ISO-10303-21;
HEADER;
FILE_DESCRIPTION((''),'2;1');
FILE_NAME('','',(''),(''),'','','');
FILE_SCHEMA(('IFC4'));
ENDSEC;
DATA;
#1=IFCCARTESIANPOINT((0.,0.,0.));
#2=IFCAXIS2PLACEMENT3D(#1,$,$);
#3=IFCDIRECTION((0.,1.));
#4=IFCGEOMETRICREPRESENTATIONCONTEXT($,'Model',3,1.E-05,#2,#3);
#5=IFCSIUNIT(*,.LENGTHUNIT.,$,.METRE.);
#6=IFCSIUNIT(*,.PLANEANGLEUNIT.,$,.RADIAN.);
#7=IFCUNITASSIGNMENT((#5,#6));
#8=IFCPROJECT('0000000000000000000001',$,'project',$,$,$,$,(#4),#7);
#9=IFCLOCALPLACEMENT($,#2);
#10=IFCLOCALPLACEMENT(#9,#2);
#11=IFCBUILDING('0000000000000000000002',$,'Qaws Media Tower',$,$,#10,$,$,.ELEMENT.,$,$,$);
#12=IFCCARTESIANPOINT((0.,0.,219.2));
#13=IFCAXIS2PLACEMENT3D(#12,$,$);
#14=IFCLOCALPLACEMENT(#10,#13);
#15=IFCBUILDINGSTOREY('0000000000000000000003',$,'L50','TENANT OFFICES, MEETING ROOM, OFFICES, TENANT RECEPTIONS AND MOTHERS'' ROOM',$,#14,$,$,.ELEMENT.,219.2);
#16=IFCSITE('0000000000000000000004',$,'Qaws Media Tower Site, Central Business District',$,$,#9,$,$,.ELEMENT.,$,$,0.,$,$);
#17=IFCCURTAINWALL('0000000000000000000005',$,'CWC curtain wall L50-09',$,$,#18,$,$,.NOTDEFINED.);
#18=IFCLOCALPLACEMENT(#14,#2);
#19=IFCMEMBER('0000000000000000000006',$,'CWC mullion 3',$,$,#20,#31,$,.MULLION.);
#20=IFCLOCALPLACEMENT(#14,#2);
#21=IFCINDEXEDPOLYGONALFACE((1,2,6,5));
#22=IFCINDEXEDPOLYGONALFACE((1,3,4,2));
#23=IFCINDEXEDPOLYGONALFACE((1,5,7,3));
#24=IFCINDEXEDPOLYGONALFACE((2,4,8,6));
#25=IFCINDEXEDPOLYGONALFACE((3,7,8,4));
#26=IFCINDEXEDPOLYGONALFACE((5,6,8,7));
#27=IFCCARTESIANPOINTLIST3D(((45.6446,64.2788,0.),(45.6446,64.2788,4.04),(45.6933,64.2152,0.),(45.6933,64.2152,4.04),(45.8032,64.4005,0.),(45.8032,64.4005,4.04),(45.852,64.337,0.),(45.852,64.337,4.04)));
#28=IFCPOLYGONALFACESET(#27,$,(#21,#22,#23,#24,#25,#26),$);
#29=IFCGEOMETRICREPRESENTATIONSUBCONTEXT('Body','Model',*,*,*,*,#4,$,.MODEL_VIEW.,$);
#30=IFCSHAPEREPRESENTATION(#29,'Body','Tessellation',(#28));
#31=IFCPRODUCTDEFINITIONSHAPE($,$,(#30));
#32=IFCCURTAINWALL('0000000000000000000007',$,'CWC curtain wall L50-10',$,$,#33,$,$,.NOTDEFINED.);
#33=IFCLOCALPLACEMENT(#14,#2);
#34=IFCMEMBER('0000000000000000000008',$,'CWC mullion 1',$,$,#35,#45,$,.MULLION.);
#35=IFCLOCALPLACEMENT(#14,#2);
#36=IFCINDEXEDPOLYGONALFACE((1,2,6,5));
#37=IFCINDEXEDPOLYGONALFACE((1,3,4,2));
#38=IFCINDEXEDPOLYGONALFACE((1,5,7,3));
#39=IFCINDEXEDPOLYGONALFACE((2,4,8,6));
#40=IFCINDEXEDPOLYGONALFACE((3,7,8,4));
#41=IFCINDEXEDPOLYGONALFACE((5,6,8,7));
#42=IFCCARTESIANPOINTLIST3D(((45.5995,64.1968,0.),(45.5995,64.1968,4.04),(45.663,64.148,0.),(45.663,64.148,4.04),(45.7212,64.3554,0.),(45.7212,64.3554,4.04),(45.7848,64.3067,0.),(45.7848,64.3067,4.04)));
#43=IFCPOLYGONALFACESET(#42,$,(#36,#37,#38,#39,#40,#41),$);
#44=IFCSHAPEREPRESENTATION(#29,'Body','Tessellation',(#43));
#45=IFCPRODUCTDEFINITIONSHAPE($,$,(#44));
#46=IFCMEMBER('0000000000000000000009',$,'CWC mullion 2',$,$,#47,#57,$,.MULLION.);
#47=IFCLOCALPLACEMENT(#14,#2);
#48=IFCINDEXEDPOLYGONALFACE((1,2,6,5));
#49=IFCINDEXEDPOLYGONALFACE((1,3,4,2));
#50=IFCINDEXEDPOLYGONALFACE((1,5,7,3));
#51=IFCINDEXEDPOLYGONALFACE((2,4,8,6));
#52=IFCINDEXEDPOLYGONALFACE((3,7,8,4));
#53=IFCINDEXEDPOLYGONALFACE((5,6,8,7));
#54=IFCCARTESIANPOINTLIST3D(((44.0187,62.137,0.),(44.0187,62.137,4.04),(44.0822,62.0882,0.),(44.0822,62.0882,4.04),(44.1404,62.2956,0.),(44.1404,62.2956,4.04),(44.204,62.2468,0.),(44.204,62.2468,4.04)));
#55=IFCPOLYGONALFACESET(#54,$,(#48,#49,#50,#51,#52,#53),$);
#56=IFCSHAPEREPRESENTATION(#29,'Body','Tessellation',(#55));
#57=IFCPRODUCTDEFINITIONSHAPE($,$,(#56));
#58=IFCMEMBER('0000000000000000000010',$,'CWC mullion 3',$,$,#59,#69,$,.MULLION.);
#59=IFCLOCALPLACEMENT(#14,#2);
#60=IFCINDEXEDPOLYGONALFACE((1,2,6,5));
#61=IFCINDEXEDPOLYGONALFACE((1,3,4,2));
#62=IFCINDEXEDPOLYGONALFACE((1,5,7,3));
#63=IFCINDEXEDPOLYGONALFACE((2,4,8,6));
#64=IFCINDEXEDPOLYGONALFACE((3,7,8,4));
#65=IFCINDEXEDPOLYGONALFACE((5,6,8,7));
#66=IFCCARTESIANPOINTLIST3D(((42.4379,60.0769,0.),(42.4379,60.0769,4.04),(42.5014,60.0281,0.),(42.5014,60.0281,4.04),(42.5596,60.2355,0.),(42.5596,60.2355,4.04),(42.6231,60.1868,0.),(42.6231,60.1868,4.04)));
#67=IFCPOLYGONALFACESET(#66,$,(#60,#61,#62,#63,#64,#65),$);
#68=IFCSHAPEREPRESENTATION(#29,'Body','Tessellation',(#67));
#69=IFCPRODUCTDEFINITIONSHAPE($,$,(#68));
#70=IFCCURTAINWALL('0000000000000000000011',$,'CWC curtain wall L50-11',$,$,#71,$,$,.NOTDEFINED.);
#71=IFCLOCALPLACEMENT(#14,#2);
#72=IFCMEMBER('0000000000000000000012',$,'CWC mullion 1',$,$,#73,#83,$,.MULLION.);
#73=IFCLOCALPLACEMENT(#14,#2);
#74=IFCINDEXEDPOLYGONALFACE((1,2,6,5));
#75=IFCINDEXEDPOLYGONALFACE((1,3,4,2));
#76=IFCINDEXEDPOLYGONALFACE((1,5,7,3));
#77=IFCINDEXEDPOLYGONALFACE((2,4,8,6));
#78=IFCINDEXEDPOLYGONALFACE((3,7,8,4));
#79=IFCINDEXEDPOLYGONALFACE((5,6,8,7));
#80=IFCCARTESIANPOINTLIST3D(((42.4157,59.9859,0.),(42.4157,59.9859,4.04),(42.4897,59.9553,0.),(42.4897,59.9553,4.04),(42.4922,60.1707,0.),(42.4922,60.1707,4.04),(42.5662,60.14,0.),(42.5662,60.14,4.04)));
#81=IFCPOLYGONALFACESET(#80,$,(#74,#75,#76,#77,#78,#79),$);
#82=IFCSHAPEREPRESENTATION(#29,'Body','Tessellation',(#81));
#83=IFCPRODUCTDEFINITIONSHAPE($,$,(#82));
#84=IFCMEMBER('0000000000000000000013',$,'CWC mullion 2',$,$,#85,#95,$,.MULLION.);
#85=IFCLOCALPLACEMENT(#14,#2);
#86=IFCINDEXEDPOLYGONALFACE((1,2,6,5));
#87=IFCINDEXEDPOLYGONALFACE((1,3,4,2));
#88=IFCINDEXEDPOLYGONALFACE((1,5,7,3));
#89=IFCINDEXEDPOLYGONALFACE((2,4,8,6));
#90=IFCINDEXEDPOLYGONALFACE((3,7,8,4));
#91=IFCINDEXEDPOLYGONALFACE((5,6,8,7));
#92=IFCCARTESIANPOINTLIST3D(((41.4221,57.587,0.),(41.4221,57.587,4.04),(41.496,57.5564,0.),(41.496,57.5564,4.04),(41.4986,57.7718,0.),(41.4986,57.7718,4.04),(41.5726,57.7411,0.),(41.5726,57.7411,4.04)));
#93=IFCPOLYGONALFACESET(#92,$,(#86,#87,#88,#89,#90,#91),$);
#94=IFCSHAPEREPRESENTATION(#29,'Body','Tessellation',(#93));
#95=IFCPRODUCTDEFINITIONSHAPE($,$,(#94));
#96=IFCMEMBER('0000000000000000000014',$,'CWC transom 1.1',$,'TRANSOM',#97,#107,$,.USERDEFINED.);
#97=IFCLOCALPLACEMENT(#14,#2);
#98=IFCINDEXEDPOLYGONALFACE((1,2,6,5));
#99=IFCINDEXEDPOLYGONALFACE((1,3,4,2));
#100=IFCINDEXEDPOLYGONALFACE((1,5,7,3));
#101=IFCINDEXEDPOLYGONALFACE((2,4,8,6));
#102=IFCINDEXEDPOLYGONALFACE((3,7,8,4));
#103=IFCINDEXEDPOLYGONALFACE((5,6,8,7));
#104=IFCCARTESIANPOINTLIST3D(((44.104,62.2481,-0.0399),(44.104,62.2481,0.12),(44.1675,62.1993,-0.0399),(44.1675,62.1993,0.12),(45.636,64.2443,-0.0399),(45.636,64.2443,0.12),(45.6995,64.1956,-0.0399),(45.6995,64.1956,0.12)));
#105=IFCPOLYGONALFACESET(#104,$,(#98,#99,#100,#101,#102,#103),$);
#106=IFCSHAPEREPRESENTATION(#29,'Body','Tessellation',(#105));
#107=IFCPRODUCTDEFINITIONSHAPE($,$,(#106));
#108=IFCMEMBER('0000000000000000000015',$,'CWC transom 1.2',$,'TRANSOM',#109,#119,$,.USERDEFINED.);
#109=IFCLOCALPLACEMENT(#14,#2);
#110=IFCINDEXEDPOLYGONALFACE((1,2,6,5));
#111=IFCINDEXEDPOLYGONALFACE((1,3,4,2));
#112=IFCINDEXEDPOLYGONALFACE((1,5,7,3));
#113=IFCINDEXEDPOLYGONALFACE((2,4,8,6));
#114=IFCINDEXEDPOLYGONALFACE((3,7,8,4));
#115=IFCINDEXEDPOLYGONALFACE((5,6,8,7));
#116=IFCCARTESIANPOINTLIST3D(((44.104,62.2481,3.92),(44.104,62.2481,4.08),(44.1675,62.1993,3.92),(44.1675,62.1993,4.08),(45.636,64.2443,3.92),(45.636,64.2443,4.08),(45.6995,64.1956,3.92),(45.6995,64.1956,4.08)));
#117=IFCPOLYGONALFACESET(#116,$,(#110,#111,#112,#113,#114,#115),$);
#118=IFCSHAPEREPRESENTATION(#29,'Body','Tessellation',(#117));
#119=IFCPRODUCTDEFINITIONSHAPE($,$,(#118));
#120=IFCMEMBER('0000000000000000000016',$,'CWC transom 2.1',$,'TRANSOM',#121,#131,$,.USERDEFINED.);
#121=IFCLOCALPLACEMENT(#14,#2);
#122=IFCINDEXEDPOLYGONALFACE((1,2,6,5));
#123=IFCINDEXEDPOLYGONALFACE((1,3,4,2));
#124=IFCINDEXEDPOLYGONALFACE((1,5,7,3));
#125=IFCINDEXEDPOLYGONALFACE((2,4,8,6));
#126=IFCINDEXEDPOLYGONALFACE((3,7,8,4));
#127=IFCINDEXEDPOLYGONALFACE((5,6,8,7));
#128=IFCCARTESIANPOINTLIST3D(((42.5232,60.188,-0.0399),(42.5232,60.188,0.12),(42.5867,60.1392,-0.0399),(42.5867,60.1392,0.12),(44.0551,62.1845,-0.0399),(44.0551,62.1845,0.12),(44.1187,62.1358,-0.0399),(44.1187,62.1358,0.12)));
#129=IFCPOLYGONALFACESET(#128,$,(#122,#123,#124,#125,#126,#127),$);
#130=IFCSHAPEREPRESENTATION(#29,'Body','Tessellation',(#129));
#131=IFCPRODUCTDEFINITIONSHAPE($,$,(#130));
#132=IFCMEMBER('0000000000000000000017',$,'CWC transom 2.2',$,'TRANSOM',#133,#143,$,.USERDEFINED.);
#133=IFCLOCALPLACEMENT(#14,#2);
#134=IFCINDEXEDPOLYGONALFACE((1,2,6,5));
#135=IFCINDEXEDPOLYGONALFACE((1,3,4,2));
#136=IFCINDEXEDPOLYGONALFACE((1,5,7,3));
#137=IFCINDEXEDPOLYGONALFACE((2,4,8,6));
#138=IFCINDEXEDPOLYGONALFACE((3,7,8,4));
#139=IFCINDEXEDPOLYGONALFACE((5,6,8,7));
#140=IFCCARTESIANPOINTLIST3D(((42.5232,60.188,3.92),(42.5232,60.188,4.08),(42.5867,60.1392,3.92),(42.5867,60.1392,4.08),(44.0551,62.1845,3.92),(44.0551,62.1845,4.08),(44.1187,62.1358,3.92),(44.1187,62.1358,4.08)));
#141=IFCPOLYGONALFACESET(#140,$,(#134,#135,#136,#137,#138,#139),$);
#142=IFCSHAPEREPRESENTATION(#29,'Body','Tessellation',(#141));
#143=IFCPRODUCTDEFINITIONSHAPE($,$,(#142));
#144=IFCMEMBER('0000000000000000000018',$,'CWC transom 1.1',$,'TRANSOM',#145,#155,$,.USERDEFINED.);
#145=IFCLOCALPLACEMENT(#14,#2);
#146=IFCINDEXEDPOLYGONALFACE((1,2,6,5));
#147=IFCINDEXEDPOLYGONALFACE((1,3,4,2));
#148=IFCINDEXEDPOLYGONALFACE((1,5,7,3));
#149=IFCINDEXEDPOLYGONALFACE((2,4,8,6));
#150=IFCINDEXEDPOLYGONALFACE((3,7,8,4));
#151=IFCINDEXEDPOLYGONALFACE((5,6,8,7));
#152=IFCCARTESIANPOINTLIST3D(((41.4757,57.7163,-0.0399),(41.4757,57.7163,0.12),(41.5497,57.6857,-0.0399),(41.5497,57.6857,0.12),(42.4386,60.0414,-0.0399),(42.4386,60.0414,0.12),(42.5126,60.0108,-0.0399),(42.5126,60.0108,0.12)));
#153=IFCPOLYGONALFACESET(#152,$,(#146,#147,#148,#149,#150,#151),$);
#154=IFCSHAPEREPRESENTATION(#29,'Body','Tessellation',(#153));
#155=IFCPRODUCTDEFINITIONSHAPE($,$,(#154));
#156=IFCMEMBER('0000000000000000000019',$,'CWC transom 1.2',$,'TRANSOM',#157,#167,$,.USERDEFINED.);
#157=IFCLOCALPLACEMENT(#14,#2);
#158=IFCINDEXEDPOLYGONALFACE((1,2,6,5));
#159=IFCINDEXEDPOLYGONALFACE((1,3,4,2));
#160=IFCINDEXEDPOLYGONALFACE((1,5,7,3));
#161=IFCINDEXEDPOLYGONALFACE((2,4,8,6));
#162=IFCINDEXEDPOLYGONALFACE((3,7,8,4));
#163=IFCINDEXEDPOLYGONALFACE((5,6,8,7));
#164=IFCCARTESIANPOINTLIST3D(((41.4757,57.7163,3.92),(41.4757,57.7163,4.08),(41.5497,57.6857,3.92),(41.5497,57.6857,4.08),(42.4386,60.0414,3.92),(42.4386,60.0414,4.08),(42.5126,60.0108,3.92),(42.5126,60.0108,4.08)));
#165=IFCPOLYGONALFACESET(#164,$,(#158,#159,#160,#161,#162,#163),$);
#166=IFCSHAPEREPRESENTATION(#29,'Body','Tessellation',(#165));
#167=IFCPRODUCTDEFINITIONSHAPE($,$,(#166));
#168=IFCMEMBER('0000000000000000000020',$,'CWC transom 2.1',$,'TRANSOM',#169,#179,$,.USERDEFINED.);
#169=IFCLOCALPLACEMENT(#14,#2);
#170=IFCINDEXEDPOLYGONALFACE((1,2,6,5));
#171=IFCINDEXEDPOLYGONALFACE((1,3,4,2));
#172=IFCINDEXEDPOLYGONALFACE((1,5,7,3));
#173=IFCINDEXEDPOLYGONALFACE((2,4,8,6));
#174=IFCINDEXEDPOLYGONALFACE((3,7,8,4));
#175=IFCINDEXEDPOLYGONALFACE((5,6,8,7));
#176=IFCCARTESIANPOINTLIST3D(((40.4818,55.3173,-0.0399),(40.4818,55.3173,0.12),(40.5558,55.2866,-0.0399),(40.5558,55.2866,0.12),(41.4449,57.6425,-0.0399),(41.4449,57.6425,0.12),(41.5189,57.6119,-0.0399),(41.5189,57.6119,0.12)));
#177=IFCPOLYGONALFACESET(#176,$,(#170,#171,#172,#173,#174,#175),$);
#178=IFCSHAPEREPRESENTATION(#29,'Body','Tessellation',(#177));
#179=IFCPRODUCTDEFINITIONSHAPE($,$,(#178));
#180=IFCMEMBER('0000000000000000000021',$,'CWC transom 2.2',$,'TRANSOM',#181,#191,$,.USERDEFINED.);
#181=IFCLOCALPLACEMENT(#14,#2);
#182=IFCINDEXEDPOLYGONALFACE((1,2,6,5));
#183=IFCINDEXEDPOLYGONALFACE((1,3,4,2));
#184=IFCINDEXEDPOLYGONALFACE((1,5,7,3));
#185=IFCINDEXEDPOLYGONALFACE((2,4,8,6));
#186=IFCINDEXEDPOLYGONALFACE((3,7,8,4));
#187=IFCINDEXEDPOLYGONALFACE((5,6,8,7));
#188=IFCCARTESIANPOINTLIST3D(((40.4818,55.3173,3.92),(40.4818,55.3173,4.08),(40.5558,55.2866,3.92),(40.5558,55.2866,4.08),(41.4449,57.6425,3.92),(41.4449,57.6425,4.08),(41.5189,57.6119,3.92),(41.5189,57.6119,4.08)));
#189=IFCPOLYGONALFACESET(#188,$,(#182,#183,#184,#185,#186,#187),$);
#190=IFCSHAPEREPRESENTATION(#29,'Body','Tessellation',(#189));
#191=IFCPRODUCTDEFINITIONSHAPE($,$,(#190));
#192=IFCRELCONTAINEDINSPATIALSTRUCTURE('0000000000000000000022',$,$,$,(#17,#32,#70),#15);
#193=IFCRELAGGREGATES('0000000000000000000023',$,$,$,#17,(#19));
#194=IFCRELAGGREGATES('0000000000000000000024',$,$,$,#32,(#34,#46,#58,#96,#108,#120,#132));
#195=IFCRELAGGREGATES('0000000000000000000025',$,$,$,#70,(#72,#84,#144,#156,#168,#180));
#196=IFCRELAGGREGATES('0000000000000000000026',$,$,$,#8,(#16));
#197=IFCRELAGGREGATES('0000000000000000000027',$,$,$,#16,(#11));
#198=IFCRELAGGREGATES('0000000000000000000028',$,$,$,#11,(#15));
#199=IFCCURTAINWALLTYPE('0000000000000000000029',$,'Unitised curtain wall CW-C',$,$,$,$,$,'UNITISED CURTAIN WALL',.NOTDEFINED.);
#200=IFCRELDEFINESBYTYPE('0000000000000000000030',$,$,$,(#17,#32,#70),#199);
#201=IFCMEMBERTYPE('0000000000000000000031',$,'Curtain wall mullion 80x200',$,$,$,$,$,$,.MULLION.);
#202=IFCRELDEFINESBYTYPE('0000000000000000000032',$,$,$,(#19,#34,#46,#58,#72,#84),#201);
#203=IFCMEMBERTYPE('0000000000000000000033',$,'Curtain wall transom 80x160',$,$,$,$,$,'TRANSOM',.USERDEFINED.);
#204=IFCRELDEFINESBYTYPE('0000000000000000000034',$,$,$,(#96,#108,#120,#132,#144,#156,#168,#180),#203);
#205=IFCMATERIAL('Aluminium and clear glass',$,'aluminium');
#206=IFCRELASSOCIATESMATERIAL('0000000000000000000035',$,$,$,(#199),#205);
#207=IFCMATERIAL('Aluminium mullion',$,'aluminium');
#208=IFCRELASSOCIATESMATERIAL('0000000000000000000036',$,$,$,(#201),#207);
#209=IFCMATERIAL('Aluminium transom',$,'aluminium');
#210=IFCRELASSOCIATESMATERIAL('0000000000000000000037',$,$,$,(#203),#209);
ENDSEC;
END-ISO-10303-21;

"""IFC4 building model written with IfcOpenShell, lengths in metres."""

from ifc_helpers import new_model, si_unit, direction, frame, origin, origin_2d, place, context, subcontext, project, spatial, rectangle, extrude, material, material_profile, profile_set, type_object, element, aggregate, save


model = new_model("IFC4")

# Units and contexts
model_context = context("Model", 3, precision=1e-05, world=origin(), true_north=direction((0.0, 1.0)))
body_context = subcontext(model_context, "Body", "Model", "MODEL_VIEW")
ifc_project = project(units=[si_unit("LENGTHUNIT", "METRE"), si_unit("PLANEANGLEUNIT", "RADIAN")], contexts=[model_context])

# Site, building, storey
site_placement = place(None, origin())
site = spatial("IfcSite", under=ifc_project, at=site_placement, Name="Qaws Media Tower Site, Central Business District", CompositionType="ELEMENT", RefElevation=0.0)
building_placement = place(site_placement, origin())
building = spatial("IfcBuilding", under=site, at=building_placement, Name="Qaws Media Tower", CompositionType="ELEMENT")
storey_placement = place(building_placement, frame((0.0, 0.0, 219.2)))
storey = spatial("IfcBuildingStorey", under=building, at=storey_placement, Name="L50", Description="TENANT OFFICES, MEETING ROOM, OFFICES, TENANT RECEPTIONS AND MOTHERS' ROOM", CompositionType="ELEMENT", Elevation=219.2)

# Curtain wall, member
ifc_material_1 = material(Name="Aluminium and clear glass", Category="aluminium")
curtain_wall_type = type_object("IfcCurtainWallType", Name="Unitised curtain wall CW-C", ElementType="UNITISED CURTAIN WALL", PredefinedType="NOTDEFINED", material=ifc_material_1)
curtain_wall_1_placement = place(storey_placement, origin())
curtain_wall_1 = element("IfcCurtainWall", 1, at=curtain_wall_1_placement, inside=storey, type_object=curtain_wall_type, Name="CWC curtain wall L50-09", PredefinedType="NOTDEFINED")
ifc_material_2 = material(Name="Aluminium mullion", Category="aluminium")
ifc_material_profile_1 = material_profile(ifc_material_2, rectangle(XDim=0.0801, YDim=0.2, at=origin_2d()), Name="80x200")
ifc_profile_set_1 = profile_set([ifc_material_profile_1], Name="Aluminium mullion")
member_type_1 = type_object("IfcMemberType", Name="Curtain wall mullion 80x200", PredefinedType="MULLION", material=ifc_profile_set_1)
member_1_placement = place(storey_placement, frame((45.7483, 64.3079, 0.0), z_axis=(0.0, 0.0, 1.0), x_axis=(0.608761, -0.793353, 0.0)))
member_1 = element("IfcMember", 2, at=member_1_placement, type_object=member_type_1, Name="CWC mullion 3", PredefinedType="MULLION", context=body_context, shape_type="SweptSolid", body=[
    extrude(rectangle(XDim=0.0801, YDim=0.2, at=origin_2d()), origin(), (0.0, 0.0, 1.0), 4.04),
])
aggregate(curtain_wall_1, [member_1])

# Curtain walls, members
curtain_wall_2_placement = place(storey_placement, origin())
curtain_wall_2 = element("IfcCurtainWall", 3, at=curtain_wall_2_placement, inside=storey, type_object=curtain_wall_type, Name="CWC curtain wall L50-10", PredefinedType="NOTDEFINED")
member_2_placement = place(storey_placement, frame((45.6921, 64.2517, 0.0), z_axis=(0.0, 0.0, 1.0), x_axis=(0.793353, -0.608761, 0.0)))
member_2 = element("IfcMember", 4, at=member_2_placement, type_object=member_type_1, Name="CWC mullion 1", PredefinedType="MULLION", context=body_context, shape_type="SweptSolid", body=[
    extrude(rectangle(XDim=0.0801, YDim=0.2, at=origin_2d()), origin(), (0.0, 0.0, 1.0), 4.04),
])
member_3_placement = place(storey_placement, frame((44.1113, 62.1919, 0.0), z_axis=(0.0, 0.0, 1.0), x_axis=(0.793353, -0.608761, 0.0)))
member_3 = element("IfcMember", 5, at=member_3_placement, type_object=member_type_1, Name="CWC mullion 2", PredefinedType="MULLION", context=body_context, shape_type="SweptSolid", body=[
    extrude(rectangle(XDim=0.0801, YDim=0.2, at=origin_2d()), origin(), (0.0, 0.0, 1.0), 4.04),
])
member_4_placement = place(storey_placement, frame((42.5305, 60.1318, 0.0), z_axis=(0.0, 0.0, 1.0), x_axis=(0.793353, -0.608761, 0.0)))
member_4 = element("IfcMember", 6, at=member_4_placement, type_object=member_type_1, Name="CWC mullion 3", PredefinedType="MULLION", context=body_context, shape_type="SweptSolid", body=[
    extrude(rectangle(XDim=0.0801, YDim=0.2, at=origin_2d()), origin(), (0.0, 0.0, 1.0), 4.04),
])
curtain_wall_3_placement = place(storey_placement, origin())
curtain_wall_3 = element("IfcCurtainWall", 7, at=curtain_wall_3_placement, inside=storey, type_object=curtain_wall_type, Name="CWC curtain wall L50-11", PredefinedType="NOTDEFINED")
member_5_placement = place(storey_placement, frame((42.491, 60.063, 0.0), z_axis=(0.0, 0.0, 1.0), x_axis=(0.923879, -0.382684, 0.0)))
member_5 = element("IfcMember", 8, at=member_5_placement, type_object=member_type_1, Name="CWC mullion 1", PredefinedType="MULLION", context=body_context, shape_type="SweptSolid", body=[
    extrude(rectangle(XDim=0.0801, YDim=0.2, at=origin_2d()), origin(), (0.0, 0.0, 1.0), 4.04),
])
member_6_placement = place(storey_placement, frame((41.4973, 57.6641, 0.0), z_axis=(0.0, 0.0, 1.0), x_axis=(0.923879, -0.382684, 0.0)))
member_6 = element("IfcMember", 9, at=member_6_placement, type_object=member_type_1, Name="CWC mullion 2", PredefinedType="MULLION", context=body_context, shape_type="SweptSolid", body=[
    extrude(rectangle(XDim=0.0801, YDim=0.2, at=origin_2d()), origin(), (0.0, 0.0, 1.0), 4.04),
])

# Members
ifc_material_3 = material(Name="Aluminium transom", Category="aluminium")
ifc_material_profile_2 = material_profile(ifc_material_3, rectangle(XDim=0.0801, YDim=0.1599, at=origin_2d()), Name="80x160")
ifc_profile_set_2 = profile_set([ifc_material_profile_2], Name="Aluminium transom")
member_type_2 = type_object("IfcMemberType", Name="Curtain wall transom 80x160", ElementType="TRANSOM", PredefinedType="USERDEFINED", material=ifc_profile_set_2)
member_7_placement = place(storey_placement, frame((45.6677, 64.22, 0.04), z_axis=(-0.608796, -0.793327, 0.0), x_axis=(0.793327, -0.608796, 0.0)))
member_7 = element("IfcMember", 10, at=member_7_placement, type_object=member_type_2, Name="CWC transom 1.1", ObjectType="TRANSOM", PredefinedType="USERDEFINED", context=body_context, shape_type="SweptSolid", body=[
    extrude(rectangle(XDim=0.0801, YDim=0.1599, at=origin_2d()), origin(), (0.0, 0.0, 1.0), 2.5164),
])
member_8_placement = place(storey_placement, frame((45.6677, 64.22, 4.0), z_axis=(-0.608796, -0.793327, 0.0), x_axis=(0.793327, -0.608796, 0.0)))
member_8 = element("IfcMember", 11, at=member_8_placement, type_object=member_type_2, Name="CWC transom 1.2", ObjectType="TRANSOM", PredefinedType="USERDEFINED", context=body_context, shape_type="SweptSolid", body=[
    extrude(rectangle(XDim=0.0801, YDim=0.1599, at=origin_2d()), origin(), (0.0, 0.0, 1.0), 2.5164),
])
member_9_placement = place(storey_placement, frame((44.0869, 62.1602, 0.04), z_axis=(-0.608749, -0.793363, 0.0), x_axis=(0.793363, -0.608749, 0.0)))
member_9 = element("IfcMember", 12, at=member_9_placement, type_object=member_type_2, Name="CWC transom 2.1", ObjectType="TRANSOM", PredefinedType="USERDEFINED", context=body_context, shape_type="SweptSolid", body=[
    extrude(rectangle(XDim=0.0801, YDim=0.1599, at=origin_2d()), origin(), (0.0, 0.0, 1.0), 2.5166),
])
member_10_placement = place(storey_placement, frame((44.0869, 62.1602, 4.0), z_axis=(-0.608749, -0.793363, 0.0), x_axis=(0.793363, -0.608749, 0.0)))
member_10 = element("IfcMember", 13, at=member_10_placement, type_object=member_type_2, Name="CWC transom 2.2", ObjectType="TRANSOM", PredefinedType="USERDEFINED", context=body_context, shape_type="SweptSolid", body=[
    extrude(rectangle(XDim=0.0801, YDim=0.1599, at=origin_2d()), origin(), (0.0, 0.0, 1.0), 2.5166),
])
member_11_placement = place(storey_placement, frame((42.4756, 60.0261, 0.04), z_axis=(-0.382603, -0.923913, 0.0), x_axis=(0.923913, -0.382603, 0.0)))
member_11 = element("IfcMember", 14, at=member_11_placement, type_object=member_type_2, Name="CWC transom 1.1", ObjectType="TRANSOM", PredefinedType="USERDEFINED", context=body_context, shape_type="SweptSolid", body=[
    extrude(rectangle(XDim=0.0801, YDim=0.1599, at=origin_2d()), origin(), (0.0, 0.0, 1.0), 2.5166),
])
member_12_placement = place(storey_placement, frame((42.4756, 60.0261, 4.0), z_axis=(-0.382603, -0.923913, 0.0), x_axis=(0.923913, -0.382603, 0.0)))
member_12 = element("IfcMember", 15, at=member_12_placement, type_object=member_type_2, Name="CWC transom 1.2", ObjectType="TRANSOM", PredefinedType="USERDEFINED", context=body_context, shape_type="SweptSolid", body=[
    extrude(rectangle(XDim=0.0801, YDim=0.1599, at=origin_2d()), origin(), (0.0, 0.0, 1.0), 2.5166),
])
member_13_placement = place(storey_placement, frame((41.4819, 57.6272, 0.04), z_axis=(-0.382686, -0.923879, 0.0), x_axis=(0.923879, -0.382686, 0.0)))
member_13 = element("IfcMember", 16, at=member_13_placement, type_object=member_type_2, Name="CWC transom 2.1", ObjectType="TRANSOM", PredefinedType="USERDEFINED", context=body_context, shape_type="SweptSolid", body=[
    extrude(rectangle(XDim=0.0801, YDim=0.1599, at=origin_2d()), origin(), (0.0, 0.0, 1.0), 2.5168),
])
member_14_placement = place(storey_placement, frame((41.4819, 57.6272, 4.0), z_axis=(-0.382686, -0.923879, 0.0), x_axis=(0.923879, -0.382686, 0.0)))
member_14 = element("IfcMember", 17, at=member_14_placement, type_object=member_type_2, Name="CWC transom 2.2", ObjectType="TRANSOM", PredefinedType="USERDEFINED", context=body_context, shape_type="SweptSolid", body=[
    extrude(rectangle(XDim=0.0801, YDim=0.1599, at=origin_2d()), origin(), (0.0, 0.0, 1.0), 2.5168),
])

aggregate(curtain_wall_2, [member_2, member_3, member_4, member_7, member_8, member_9, member_10])
aggregate(curtain_wall_3, [member_5, member_6, member_11, member_12, member_13, member_14])

save(model, "model.ifc")
